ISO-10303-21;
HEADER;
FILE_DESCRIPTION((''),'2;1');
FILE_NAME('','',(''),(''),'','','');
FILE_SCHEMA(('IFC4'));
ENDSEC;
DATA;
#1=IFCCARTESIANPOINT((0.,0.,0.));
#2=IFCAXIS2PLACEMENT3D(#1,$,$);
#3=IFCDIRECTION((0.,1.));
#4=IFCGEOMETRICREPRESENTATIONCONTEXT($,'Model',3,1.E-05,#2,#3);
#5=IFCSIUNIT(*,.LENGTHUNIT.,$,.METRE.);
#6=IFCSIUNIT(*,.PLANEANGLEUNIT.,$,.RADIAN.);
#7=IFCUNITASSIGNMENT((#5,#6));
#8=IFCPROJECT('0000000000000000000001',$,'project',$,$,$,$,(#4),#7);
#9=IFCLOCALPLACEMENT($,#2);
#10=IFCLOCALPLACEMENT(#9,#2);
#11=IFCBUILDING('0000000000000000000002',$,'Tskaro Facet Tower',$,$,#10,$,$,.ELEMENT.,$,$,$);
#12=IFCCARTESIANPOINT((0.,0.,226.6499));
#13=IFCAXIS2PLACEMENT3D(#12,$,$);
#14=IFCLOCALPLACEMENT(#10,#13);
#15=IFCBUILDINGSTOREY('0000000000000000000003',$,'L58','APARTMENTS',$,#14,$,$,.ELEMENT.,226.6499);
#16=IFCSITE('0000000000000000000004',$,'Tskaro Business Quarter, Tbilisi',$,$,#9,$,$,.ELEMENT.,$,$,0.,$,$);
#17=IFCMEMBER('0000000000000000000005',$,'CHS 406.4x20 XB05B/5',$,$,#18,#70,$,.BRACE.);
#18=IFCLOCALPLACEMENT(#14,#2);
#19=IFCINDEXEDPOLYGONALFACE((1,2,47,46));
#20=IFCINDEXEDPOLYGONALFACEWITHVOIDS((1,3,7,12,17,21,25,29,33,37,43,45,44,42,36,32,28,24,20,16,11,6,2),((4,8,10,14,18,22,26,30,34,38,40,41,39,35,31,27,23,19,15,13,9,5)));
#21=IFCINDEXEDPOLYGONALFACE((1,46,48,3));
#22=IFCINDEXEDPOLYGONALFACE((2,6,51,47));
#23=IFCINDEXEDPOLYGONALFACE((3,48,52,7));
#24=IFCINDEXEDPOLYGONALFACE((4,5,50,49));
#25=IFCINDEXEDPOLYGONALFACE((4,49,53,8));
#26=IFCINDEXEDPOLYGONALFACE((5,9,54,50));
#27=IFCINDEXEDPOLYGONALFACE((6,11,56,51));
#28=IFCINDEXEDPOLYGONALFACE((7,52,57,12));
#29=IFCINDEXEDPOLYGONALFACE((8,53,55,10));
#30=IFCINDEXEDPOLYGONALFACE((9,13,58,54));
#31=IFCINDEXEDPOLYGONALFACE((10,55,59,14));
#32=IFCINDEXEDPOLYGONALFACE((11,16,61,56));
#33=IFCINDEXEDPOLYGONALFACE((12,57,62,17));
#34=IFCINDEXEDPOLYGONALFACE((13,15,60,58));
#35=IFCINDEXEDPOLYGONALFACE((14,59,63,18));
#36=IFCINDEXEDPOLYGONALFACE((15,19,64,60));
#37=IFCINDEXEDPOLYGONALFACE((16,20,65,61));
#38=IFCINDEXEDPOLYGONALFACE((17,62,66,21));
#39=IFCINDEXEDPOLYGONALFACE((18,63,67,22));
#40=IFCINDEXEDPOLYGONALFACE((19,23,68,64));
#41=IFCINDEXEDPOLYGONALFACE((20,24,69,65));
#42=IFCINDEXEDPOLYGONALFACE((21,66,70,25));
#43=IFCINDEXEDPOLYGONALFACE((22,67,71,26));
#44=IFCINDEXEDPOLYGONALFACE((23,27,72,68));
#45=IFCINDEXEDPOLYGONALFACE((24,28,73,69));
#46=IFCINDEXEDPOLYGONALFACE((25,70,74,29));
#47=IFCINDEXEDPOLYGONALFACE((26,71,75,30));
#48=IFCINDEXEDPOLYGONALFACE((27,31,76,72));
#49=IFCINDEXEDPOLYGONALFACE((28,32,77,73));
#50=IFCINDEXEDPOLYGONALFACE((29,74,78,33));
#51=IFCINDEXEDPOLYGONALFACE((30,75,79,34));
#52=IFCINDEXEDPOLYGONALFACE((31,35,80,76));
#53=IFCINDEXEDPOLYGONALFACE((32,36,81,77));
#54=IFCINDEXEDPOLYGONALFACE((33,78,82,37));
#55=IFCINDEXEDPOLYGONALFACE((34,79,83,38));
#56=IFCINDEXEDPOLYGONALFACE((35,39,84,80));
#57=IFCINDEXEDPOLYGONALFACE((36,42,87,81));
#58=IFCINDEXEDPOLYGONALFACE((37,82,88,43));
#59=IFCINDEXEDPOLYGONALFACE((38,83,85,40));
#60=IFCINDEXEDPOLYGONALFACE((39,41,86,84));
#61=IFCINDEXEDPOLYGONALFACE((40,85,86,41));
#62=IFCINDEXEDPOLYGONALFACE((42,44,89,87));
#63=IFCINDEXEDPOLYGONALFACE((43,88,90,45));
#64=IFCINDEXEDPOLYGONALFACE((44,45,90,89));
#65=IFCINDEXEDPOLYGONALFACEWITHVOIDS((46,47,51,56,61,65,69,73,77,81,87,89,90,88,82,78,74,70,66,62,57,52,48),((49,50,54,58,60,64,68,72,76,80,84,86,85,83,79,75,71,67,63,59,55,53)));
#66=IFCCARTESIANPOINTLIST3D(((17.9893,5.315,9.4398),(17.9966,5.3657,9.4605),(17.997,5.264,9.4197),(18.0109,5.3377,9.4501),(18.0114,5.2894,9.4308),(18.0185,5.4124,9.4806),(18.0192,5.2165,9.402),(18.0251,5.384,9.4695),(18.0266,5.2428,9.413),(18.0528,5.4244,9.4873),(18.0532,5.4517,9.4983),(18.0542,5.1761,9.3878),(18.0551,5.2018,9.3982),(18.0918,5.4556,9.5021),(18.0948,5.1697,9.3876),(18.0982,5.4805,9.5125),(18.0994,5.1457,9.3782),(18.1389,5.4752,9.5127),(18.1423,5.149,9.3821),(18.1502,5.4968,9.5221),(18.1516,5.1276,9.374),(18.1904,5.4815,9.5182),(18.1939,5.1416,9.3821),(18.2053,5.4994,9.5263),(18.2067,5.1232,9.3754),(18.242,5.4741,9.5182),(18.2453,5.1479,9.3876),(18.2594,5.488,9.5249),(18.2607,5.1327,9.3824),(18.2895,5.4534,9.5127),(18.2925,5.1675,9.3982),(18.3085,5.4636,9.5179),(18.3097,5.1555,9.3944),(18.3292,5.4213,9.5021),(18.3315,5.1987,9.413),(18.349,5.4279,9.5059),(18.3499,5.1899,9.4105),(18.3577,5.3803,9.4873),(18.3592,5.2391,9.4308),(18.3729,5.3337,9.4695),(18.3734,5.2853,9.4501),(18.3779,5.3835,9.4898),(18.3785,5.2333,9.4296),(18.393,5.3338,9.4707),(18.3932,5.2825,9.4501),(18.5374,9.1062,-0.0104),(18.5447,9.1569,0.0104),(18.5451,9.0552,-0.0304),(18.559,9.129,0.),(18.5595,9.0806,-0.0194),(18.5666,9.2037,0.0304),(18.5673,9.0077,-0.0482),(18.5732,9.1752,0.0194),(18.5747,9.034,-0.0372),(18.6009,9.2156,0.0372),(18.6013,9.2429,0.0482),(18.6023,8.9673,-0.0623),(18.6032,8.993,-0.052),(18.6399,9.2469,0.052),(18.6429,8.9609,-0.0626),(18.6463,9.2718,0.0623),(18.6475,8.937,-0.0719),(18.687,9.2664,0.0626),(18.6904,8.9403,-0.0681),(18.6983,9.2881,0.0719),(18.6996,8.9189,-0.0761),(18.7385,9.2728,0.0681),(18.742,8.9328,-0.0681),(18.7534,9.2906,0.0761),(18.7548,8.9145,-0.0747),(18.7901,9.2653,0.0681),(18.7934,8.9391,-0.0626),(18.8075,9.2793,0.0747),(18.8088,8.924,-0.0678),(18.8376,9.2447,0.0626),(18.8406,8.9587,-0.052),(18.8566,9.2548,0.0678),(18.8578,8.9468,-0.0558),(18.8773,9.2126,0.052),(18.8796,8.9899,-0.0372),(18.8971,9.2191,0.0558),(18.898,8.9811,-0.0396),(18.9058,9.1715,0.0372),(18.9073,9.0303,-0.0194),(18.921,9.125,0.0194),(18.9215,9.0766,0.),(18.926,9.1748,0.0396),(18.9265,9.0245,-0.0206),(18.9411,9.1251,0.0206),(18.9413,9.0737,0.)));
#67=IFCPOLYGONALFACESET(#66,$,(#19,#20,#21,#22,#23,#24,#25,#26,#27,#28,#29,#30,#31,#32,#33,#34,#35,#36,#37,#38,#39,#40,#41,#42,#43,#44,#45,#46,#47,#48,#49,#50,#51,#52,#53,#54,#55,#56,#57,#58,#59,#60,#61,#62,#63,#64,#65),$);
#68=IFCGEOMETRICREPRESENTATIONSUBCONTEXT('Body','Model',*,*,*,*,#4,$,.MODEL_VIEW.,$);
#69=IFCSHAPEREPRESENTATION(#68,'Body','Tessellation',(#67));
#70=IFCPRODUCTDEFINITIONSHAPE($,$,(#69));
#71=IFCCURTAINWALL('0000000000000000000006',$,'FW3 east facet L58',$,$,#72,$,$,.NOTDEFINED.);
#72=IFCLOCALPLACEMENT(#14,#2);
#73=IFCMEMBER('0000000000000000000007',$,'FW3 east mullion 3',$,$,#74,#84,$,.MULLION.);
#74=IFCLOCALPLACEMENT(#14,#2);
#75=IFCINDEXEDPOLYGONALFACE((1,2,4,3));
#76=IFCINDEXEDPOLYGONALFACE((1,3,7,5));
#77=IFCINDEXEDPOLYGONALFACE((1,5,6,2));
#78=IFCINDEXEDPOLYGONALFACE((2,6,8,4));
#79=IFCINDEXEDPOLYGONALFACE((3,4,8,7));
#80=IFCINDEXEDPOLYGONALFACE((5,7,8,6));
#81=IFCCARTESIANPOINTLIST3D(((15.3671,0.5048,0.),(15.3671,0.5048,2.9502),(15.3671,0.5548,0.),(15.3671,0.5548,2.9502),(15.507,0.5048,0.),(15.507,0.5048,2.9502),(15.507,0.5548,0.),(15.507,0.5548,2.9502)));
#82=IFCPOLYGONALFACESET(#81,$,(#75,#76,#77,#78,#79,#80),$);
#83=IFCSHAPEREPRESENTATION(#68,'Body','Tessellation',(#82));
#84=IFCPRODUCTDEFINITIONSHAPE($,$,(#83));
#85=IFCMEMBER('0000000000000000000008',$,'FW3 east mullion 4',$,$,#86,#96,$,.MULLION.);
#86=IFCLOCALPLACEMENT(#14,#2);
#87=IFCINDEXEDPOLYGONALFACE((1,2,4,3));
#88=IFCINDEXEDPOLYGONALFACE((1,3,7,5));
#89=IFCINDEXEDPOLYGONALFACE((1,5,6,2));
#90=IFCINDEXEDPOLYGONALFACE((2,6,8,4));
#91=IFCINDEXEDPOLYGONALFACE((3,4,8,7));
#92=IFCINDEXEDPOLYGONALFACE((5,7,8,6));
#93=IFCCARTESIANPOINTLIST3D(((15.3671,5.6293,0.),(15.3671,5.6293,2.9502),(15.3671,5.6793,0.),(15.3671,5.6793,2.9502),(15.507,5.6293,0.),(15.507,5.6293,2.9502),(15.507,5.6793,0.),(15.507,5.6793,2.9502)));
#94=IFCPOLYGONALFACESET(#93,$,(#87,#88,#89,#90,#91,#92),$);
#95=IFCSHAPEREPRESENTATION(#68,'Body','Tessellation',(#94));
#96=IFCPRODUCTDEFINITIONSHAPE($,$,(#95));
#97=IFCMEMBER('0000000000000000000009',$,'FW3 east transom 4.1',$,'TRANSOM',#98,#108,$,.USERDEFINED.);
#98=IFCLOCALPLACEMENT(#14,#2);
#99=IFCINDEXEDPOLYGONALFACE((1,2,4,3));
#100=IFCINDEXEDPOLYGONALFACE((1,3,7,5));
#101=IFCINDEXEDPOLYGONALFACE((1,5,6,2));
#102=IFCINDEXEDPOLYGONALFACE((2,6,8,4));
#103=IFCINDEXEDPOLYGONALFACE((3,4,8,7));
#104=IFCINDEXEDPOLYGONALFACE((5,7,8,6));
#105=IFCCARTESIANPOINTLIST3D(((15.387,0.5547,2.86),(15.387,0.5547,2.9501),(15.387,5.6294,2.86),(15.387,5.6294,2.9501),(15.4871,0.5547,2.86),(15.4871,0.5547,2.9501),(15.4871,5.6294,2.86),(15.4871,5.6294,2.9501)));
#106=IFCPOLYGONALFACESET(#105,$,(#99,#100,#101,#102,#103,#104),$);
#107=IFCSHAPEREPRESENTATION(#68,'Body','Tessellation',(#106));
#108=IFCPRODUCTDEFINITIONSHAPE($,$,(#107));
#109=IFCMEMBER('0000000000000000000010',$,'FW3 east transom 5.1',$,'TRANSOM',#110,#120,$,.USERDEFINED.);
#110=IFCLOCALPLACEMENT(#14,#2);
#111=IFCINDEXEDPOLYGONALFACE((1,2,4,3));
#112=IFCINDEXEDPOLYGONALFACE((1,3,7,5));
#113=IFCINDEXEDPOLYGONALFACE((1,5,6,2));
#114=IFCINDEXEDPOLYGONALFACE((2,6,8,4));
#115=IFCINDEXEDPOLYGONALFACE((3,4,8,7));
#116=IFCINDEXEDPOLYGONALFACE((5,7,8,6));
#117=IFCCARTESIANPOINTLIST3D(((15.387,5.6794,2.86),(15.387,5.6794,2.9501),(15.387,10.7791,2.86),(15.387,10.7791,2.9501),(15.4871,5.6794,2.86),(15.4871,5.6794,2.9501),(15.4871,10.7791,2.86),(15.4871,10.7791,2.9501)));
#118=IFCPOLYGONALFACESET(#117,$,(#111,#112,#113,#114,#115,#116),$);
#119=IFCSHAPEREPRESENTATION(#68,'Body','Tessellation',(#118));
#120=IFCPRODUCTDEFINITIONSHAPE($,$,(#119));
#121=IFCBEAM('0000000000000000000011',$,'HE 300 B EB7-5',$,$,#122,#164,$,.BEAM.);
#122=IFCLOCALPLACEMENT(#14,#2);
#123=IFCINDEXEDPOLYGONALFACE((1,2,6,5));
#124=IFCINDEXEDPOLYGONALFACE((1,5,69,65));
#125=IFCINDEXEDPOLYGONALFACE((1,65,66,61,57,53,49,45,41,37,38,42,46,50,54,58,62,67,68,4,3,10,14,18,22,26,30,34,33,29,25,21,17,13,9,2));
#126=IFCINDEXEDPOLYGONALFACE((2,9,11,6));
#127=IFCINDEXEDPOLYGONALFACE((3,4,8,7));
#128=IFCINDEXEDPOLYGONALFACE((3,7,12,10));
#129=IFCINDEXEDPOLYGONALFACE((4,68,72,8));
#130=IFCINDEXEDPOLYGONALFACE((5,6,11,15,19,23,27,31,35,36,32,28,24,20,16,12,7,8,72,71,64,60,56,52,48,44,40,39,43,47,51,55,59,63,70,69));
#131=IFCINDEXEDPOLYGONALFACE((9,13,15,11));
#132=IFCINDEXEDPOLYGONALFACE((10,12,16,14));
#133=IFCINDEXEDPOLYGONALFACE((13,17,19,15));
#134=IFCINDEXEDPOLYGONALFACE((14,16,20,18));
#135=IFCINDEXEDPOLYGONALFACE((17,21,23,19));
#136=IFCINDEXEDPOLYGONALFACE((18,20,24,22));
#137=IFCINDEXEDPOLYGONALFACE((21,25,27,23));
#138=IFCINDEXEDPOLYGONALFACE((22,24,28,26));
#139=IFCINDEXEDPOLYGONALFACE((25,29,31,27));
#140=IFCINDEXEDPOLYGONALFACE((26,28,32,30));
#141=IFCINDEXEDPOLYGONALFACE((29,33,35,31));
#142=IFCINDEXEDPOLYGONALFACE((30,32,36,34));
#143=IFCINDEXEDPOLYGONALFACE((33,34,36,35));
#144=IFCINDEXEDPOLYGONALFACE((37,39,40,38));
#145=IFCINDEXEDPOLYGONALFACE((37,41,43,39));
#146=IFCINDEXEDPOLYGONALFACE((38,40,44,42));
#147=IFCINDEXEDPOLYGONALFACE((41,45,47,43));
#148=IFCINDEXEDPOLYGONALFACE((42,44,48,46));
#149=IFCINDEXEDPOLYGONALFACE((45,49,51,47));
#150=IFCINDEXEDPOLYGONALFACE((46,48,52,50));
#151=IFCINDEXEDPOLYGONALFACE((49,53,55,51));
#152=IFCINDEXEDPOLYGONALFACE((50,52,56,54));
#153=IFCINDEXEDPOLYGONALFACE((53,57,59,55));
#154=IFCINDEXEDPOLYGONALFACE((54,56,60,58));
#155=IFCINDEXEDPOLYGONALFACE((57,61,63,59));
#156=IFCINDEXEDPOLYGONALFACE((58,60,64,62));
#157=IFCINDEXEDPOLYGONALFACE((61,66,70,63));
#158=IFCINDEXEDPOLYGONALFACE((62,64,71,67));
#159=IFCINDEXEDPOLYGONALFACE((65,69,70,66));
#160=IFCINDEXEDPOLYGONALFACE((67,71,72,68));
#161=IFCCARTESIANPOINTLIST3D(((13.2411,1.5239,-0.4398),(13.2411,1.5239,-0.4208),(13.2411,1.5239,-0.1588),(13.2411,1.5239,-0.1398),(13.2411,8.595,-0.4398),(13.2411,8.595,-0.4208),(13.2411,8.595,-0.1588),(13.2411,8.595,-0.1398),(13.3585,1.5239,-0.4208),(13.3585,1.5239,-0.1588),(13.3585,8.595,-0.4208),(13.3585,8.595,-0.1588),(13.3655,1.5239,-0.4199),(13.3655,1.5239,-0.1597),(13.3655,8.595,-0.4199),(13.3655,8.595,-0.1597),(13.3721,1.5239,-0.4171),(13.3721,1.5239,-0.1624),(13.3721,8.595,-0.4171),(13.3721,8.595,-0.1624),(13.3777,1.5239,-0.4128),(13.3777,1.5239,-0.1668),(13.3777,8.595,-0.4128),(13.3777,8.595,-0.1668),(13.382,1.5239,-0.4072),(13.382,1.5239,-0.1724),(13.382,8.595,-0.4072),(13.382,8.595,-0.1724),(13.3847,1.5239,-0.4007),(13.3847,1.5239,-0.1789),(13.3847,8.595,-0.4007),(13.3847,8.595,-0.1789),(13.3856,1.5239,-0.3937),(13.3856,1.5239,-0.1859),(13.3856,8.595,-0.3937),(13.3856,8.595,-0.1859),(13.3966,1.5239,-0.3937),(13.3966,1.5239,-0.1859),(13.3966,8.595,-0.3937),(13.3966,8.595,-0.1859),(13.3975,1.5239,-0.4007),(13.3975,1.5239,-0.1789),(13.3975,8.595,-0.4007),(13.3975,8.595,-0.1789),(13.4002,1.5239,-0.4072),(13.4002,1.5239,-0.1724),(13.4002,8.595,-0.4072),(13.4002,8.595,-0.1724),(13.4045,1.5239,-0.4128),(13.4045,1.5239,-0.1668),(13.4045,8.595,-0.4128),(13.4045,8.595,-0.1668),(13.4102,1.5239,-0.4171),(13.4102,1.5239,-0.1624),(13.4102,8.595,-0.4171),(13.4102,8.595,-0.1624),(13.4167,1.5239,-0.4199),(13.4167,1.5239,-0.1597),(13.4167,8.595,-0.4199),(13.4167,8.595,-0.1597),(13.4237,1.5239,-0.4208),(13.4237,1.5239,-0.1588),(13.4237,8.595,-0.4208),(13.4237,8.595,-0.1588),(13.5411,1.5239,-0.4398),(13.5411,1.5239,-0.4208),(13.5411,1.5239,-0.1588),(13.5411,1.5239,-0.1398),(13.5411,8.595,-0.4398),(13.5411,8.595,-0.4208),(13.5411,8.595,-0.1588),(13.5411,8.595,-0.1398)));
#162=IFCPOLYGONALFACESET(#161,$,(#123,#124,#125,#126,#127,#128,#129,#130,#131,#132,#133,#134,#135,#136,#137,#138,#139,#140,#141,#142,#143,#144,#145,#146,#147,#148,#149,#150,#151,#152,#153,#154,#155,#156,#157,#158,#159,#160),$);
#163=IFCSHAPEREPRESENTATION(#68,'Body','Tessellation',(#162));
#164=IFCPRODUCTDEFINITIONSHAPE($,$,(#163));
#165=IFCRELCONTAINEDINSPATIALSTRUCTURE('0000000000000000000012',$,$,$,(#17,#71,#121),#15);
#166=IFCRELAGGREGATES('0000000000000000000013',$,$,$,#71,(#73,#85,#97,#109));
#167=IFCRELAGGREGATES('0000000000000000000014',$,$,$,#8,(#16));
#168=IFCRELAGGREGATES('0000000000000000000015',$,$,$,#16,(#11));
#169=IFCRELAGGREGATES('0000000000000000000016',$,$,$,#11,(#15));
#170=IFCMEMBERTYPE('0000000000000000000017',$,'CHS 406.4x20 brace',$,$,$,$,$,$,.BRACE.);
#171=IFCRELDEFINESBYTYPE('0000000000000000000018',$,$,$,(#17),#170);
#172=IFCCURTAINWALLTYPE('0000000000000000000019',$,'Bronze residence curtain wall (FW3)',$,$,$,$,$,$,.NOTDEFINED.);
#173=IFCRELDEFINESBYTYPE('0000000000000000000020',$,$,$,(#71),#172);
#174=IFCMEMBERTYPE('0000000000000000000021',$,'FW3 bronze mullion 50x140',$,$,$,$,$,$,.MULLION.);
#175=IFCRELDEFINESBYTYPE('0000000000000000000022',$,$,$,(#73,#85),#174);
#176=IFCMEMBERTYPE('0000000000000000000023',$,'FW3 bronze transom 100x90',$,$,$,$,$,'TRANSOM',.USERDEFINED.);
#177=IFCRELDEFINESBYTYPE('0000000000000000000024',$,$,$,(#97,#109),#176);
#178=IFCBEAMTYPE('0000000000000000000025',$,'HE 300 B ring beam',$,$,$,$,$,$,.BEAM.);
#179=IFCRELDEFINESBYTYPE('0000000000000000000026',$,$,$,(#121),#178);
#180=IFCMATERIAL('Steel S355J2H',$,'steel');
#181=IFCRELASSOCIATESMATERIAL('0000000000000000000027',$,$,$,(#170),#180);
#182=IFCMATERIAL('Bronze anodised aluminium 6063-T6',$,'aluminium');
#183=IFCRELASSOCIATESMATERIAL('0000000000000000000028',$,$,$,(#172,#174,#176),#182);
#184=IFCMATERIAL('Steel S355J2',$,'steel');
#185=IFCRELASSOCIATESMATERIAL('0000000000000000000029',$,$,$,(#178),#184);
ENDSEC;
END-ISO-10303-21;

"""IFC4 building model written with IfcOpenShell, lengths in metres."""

from ifc_helpers import new_model, si_unit, direction, frame, origin, origin_2d, place, context, subcontext, project, spatial, rectangle, hollow_circle, i_section, extrude, material, material_profile, profile_set, type_object, element, aggregate, save


model = new_model("IFC4")

# Units and contexts
model_context = context("Model", 3, precision=1e-05, world=origin(), true_north=direction((0.0, 1.0)))
body_context = subcontext(model_context, "Body", "Model", "MODEL_VIEW")
ifc_project = project(units=[si_unit("LENGTHUNIT", "METRE"), si_unit("PLANEANGLEUNIT", "RADIAN")], contexts=[model_context])

# Site, building, storey
site_placement = place(None, origin())
site = spatial("IfcSite", under=ifc_project, at=site_placement, Name="Tskaro Business Quarter, Tbilisi", CompositionType="ELEMENT", RefElevation=0.0)
building_placement = place(site_placement, origin())
building = spatial("IfcBuilding", under=site, at=building_placement, Name="Tskaro Facet Tower", CompositionType="ELEMENT")
storey_placement = place(building_placement, frame((0.0, 0.0, 226.6499)))
storey = spatial("IfcBuildingStorey", under=building, at=storey_placement, Name="L58", Description="APARTMENTS", CompositionType="ELEMENT", Elevation=226.6499)

# Shared definitions
ifc_material_1 = material(Name="Steel S355J2H", Category="steel")

# Member
ifc_material_profile_1 = material_profile(ifc_material_1, hollow_circle(Radius=0.2031, WallThickness=0.02, at=origin_2d()), Name="CHS 406.4x20")
ifc_profile_set_1 = profile_set([ifc_material_profile_1], Name="Steel S355J2H")
member_type_1 = type_object("IfcMemberType", Name="CHS 406.4x20 brace", PredefinedType="BRACE", material=ifc_profile_set_1)
member_1_placement = place(storey_placement, frame((18.7402, 9.1028, 0.0), z_axis=(-0.05375, -0.371799, 0.926756), x_axis=(0.989711, -0.143081, 0.0)))
element("IfcMember", 1, at=member_1_placement, inside=storey, type_object=member_type_1, Name="CHS 406.4x20 XB05B/5", PredefinedType="BRACE", context=body_context, shape_type="SweptSolid", body=[
    extrude(hollow_circle(Radius=0.2031, WallThickness=0.02, at=origin_2d()), origin(), (0.0, 0.0, 1.0), 10.197),
])

# Curtain wall, members
ifc_material_2 = material(Name="Bronze anodised aluminium 6063-T6", Category="aluminium")
curtain_wall_type = type_object("IfcCurtainWallType", Name="Bronze residence curtain wall (FW3)", PredefinedType="NOTDEFINED", material=ifc_material_2)
curtain_wall_placement = place(storey_placement, origin())
curtain_wall = element("IfcCurtainWall", 2, at=curtain_wall_placement, inside=storey, type_object=curtain_wall_type, Name="FW3 east facet L58", PredefinedType="NOTDEFINED")
ifc_material_profile_2 = material_profile(ifc_material_2, rectangle(XDim=0.05, YDim=0.1399, at=origin_2d()), Name="Mullion 50x140")
ifc_profile_set_2 = profile_set([ifc_material_profile_2], Name="Bronze anodised aluminium 6063-T6")
member_type_2 = type_object("IfcMemberType", Name="FW3 bronze mullion 50x140", PredefinedType="MULLION", material=ifc_profile_set_2)
member_2_placement = place(storey_placement, frame((15.437, 0.5298, 0.0), z_axis=(0.0, 0.0, 1.0), x_axis=(0.0, 1.0, 0.0)))
member_2 = element("IfcMember", 3, at=member_2_placement, type_object=member_type_2, Name="FW3 east mullion 3", PredefinedType="MULLION", context=body_context, shape_type="SweptSolid", body=[
    extrude(rectangle(XDim=0.05, YDim=0.1399, at=origin_2d()), origin(), (0.0, 0.0, 1.0), 2.9502),
])
member_3_placement = place(storey_placement, frame((15.437, 5.6543, 0.0), z_axis=(0.0, 0.0, 1.0), x_axis=(0.0, 1.0, 0.0)))
member_3 = element("IfcMember", 4, at=member_3_placement, type_object=member_type_2, Name="FW3 east mullion 4", PredefinedType="MULLION", context=body_context, shape_type="SweptSolid", body=[
    extrude(rectangle(XDim=0.05, YDim=0.1399, at=origin_2d()), origin(), (0.0, 0.0, 1.0), 2.9502),
])
ifc_material_profile_3 = material_profile(ifc_material_2, rectangle(XDim=0.1001, YDim=0.0901, at=origin_2d()), Name="Transom 100x90")
ifc_profile_set_3 = profile_set([ifc_material_profile_3], Name="Bronze anodised aluminium 6063-T6")
member_type_3 = type_object("IfcMemberType", Name="FW3 bronze transom 100x90", ElementType="TRANSOM", PredefinedType="USERDEFINED", material=ifc_profile_set_3)
member_4_placement = place(storey_placement, frame((15.437, 0.5547, 2.905), z_axis=(0.0, 1.0, 0.0), x_axis=(-1.0, 0.0, 0.0)))
member_4 = element("IfcMember", 5, at=member_4_placement, type_object=member_type_3, Name="FW3 east transom 4.1", ObjectType="TRANSOM", PredefinedType="USERDEFINED", context=body_context, shape_type="SweptSolid", body=[
    extrude(rectangle(XDim=0.1001, YDim=0.0901, at=origin_2d()), origin(), (0.0, 0.0, 1.0), 5.0747),
])
member_5_placement = place(storey_placement, frame((15.437, 5.6794, 2.905), z_axis=(0.0, 1.0, 0.0), x_axis=(-1.0, 0.0, 0.0)))
member_5 = element("IfcMember", 6, at=member_5_placement, type_object=member_type_3, Name="FW3 east transom 5.1", ObjectType="TRANSOM", PredefinedType="USERDEFINED", context=body_context, shape_type="SweptSolid", body=[
    extrude(rectangle(XDim=0.1001, YDim=0.0901, at=origin_2d()), origin(), (0.0, 0.0, 1.0), 5.0996),
])

# Beam
ifc_material_3 = material(Name="Steel S355J2", Category="steel")
ifc_material_profile_4 = material_profile(ifc_material_3, i_section(OverallWidth=0.3, OverallDepth=0.3, WebThickness=0.011, FlangeThickness=0.019, FilletRadius=0.0271, at=origin_2d()), Name="HE 300 B")
ifc_profile_set_4 = profile_set([ifc_material_profile_4], Name="Steel S355J2")
beam_type = type_object("IfcBeamType", Name="HE 300 B ring beam", PredefinedType="BEAM", material=ifc_profile_set_4)
beam_1_placement = place(storey_placement, frame((13.3911, 1.5239, -0.2898), z_axis=(0.0, 1.0, 0.0), x_axis=(-1.0, 0.0, 0.0)))
element("IfcBeam", 7, at=beam_1_placement, inside=storey, type_object=beam_type, Name="HE 300 B EB7-5", PredefinedType="BEAM", context=body_context, shape_type="SweptSolid", body=[
    extrude(i_section(OverallWidth=0.3, OverallDepth=0.3, WebThickness=0.011, FlangeThickness=0.019, FilletRadius=0.0271, at=origin_2d()), origin(), (0.0, 0.0, 1.0), 7.071),
])

aggregate(curtain_wall, [member_2, member_3, member_4, member_5])

save(model, "model.ifc")
